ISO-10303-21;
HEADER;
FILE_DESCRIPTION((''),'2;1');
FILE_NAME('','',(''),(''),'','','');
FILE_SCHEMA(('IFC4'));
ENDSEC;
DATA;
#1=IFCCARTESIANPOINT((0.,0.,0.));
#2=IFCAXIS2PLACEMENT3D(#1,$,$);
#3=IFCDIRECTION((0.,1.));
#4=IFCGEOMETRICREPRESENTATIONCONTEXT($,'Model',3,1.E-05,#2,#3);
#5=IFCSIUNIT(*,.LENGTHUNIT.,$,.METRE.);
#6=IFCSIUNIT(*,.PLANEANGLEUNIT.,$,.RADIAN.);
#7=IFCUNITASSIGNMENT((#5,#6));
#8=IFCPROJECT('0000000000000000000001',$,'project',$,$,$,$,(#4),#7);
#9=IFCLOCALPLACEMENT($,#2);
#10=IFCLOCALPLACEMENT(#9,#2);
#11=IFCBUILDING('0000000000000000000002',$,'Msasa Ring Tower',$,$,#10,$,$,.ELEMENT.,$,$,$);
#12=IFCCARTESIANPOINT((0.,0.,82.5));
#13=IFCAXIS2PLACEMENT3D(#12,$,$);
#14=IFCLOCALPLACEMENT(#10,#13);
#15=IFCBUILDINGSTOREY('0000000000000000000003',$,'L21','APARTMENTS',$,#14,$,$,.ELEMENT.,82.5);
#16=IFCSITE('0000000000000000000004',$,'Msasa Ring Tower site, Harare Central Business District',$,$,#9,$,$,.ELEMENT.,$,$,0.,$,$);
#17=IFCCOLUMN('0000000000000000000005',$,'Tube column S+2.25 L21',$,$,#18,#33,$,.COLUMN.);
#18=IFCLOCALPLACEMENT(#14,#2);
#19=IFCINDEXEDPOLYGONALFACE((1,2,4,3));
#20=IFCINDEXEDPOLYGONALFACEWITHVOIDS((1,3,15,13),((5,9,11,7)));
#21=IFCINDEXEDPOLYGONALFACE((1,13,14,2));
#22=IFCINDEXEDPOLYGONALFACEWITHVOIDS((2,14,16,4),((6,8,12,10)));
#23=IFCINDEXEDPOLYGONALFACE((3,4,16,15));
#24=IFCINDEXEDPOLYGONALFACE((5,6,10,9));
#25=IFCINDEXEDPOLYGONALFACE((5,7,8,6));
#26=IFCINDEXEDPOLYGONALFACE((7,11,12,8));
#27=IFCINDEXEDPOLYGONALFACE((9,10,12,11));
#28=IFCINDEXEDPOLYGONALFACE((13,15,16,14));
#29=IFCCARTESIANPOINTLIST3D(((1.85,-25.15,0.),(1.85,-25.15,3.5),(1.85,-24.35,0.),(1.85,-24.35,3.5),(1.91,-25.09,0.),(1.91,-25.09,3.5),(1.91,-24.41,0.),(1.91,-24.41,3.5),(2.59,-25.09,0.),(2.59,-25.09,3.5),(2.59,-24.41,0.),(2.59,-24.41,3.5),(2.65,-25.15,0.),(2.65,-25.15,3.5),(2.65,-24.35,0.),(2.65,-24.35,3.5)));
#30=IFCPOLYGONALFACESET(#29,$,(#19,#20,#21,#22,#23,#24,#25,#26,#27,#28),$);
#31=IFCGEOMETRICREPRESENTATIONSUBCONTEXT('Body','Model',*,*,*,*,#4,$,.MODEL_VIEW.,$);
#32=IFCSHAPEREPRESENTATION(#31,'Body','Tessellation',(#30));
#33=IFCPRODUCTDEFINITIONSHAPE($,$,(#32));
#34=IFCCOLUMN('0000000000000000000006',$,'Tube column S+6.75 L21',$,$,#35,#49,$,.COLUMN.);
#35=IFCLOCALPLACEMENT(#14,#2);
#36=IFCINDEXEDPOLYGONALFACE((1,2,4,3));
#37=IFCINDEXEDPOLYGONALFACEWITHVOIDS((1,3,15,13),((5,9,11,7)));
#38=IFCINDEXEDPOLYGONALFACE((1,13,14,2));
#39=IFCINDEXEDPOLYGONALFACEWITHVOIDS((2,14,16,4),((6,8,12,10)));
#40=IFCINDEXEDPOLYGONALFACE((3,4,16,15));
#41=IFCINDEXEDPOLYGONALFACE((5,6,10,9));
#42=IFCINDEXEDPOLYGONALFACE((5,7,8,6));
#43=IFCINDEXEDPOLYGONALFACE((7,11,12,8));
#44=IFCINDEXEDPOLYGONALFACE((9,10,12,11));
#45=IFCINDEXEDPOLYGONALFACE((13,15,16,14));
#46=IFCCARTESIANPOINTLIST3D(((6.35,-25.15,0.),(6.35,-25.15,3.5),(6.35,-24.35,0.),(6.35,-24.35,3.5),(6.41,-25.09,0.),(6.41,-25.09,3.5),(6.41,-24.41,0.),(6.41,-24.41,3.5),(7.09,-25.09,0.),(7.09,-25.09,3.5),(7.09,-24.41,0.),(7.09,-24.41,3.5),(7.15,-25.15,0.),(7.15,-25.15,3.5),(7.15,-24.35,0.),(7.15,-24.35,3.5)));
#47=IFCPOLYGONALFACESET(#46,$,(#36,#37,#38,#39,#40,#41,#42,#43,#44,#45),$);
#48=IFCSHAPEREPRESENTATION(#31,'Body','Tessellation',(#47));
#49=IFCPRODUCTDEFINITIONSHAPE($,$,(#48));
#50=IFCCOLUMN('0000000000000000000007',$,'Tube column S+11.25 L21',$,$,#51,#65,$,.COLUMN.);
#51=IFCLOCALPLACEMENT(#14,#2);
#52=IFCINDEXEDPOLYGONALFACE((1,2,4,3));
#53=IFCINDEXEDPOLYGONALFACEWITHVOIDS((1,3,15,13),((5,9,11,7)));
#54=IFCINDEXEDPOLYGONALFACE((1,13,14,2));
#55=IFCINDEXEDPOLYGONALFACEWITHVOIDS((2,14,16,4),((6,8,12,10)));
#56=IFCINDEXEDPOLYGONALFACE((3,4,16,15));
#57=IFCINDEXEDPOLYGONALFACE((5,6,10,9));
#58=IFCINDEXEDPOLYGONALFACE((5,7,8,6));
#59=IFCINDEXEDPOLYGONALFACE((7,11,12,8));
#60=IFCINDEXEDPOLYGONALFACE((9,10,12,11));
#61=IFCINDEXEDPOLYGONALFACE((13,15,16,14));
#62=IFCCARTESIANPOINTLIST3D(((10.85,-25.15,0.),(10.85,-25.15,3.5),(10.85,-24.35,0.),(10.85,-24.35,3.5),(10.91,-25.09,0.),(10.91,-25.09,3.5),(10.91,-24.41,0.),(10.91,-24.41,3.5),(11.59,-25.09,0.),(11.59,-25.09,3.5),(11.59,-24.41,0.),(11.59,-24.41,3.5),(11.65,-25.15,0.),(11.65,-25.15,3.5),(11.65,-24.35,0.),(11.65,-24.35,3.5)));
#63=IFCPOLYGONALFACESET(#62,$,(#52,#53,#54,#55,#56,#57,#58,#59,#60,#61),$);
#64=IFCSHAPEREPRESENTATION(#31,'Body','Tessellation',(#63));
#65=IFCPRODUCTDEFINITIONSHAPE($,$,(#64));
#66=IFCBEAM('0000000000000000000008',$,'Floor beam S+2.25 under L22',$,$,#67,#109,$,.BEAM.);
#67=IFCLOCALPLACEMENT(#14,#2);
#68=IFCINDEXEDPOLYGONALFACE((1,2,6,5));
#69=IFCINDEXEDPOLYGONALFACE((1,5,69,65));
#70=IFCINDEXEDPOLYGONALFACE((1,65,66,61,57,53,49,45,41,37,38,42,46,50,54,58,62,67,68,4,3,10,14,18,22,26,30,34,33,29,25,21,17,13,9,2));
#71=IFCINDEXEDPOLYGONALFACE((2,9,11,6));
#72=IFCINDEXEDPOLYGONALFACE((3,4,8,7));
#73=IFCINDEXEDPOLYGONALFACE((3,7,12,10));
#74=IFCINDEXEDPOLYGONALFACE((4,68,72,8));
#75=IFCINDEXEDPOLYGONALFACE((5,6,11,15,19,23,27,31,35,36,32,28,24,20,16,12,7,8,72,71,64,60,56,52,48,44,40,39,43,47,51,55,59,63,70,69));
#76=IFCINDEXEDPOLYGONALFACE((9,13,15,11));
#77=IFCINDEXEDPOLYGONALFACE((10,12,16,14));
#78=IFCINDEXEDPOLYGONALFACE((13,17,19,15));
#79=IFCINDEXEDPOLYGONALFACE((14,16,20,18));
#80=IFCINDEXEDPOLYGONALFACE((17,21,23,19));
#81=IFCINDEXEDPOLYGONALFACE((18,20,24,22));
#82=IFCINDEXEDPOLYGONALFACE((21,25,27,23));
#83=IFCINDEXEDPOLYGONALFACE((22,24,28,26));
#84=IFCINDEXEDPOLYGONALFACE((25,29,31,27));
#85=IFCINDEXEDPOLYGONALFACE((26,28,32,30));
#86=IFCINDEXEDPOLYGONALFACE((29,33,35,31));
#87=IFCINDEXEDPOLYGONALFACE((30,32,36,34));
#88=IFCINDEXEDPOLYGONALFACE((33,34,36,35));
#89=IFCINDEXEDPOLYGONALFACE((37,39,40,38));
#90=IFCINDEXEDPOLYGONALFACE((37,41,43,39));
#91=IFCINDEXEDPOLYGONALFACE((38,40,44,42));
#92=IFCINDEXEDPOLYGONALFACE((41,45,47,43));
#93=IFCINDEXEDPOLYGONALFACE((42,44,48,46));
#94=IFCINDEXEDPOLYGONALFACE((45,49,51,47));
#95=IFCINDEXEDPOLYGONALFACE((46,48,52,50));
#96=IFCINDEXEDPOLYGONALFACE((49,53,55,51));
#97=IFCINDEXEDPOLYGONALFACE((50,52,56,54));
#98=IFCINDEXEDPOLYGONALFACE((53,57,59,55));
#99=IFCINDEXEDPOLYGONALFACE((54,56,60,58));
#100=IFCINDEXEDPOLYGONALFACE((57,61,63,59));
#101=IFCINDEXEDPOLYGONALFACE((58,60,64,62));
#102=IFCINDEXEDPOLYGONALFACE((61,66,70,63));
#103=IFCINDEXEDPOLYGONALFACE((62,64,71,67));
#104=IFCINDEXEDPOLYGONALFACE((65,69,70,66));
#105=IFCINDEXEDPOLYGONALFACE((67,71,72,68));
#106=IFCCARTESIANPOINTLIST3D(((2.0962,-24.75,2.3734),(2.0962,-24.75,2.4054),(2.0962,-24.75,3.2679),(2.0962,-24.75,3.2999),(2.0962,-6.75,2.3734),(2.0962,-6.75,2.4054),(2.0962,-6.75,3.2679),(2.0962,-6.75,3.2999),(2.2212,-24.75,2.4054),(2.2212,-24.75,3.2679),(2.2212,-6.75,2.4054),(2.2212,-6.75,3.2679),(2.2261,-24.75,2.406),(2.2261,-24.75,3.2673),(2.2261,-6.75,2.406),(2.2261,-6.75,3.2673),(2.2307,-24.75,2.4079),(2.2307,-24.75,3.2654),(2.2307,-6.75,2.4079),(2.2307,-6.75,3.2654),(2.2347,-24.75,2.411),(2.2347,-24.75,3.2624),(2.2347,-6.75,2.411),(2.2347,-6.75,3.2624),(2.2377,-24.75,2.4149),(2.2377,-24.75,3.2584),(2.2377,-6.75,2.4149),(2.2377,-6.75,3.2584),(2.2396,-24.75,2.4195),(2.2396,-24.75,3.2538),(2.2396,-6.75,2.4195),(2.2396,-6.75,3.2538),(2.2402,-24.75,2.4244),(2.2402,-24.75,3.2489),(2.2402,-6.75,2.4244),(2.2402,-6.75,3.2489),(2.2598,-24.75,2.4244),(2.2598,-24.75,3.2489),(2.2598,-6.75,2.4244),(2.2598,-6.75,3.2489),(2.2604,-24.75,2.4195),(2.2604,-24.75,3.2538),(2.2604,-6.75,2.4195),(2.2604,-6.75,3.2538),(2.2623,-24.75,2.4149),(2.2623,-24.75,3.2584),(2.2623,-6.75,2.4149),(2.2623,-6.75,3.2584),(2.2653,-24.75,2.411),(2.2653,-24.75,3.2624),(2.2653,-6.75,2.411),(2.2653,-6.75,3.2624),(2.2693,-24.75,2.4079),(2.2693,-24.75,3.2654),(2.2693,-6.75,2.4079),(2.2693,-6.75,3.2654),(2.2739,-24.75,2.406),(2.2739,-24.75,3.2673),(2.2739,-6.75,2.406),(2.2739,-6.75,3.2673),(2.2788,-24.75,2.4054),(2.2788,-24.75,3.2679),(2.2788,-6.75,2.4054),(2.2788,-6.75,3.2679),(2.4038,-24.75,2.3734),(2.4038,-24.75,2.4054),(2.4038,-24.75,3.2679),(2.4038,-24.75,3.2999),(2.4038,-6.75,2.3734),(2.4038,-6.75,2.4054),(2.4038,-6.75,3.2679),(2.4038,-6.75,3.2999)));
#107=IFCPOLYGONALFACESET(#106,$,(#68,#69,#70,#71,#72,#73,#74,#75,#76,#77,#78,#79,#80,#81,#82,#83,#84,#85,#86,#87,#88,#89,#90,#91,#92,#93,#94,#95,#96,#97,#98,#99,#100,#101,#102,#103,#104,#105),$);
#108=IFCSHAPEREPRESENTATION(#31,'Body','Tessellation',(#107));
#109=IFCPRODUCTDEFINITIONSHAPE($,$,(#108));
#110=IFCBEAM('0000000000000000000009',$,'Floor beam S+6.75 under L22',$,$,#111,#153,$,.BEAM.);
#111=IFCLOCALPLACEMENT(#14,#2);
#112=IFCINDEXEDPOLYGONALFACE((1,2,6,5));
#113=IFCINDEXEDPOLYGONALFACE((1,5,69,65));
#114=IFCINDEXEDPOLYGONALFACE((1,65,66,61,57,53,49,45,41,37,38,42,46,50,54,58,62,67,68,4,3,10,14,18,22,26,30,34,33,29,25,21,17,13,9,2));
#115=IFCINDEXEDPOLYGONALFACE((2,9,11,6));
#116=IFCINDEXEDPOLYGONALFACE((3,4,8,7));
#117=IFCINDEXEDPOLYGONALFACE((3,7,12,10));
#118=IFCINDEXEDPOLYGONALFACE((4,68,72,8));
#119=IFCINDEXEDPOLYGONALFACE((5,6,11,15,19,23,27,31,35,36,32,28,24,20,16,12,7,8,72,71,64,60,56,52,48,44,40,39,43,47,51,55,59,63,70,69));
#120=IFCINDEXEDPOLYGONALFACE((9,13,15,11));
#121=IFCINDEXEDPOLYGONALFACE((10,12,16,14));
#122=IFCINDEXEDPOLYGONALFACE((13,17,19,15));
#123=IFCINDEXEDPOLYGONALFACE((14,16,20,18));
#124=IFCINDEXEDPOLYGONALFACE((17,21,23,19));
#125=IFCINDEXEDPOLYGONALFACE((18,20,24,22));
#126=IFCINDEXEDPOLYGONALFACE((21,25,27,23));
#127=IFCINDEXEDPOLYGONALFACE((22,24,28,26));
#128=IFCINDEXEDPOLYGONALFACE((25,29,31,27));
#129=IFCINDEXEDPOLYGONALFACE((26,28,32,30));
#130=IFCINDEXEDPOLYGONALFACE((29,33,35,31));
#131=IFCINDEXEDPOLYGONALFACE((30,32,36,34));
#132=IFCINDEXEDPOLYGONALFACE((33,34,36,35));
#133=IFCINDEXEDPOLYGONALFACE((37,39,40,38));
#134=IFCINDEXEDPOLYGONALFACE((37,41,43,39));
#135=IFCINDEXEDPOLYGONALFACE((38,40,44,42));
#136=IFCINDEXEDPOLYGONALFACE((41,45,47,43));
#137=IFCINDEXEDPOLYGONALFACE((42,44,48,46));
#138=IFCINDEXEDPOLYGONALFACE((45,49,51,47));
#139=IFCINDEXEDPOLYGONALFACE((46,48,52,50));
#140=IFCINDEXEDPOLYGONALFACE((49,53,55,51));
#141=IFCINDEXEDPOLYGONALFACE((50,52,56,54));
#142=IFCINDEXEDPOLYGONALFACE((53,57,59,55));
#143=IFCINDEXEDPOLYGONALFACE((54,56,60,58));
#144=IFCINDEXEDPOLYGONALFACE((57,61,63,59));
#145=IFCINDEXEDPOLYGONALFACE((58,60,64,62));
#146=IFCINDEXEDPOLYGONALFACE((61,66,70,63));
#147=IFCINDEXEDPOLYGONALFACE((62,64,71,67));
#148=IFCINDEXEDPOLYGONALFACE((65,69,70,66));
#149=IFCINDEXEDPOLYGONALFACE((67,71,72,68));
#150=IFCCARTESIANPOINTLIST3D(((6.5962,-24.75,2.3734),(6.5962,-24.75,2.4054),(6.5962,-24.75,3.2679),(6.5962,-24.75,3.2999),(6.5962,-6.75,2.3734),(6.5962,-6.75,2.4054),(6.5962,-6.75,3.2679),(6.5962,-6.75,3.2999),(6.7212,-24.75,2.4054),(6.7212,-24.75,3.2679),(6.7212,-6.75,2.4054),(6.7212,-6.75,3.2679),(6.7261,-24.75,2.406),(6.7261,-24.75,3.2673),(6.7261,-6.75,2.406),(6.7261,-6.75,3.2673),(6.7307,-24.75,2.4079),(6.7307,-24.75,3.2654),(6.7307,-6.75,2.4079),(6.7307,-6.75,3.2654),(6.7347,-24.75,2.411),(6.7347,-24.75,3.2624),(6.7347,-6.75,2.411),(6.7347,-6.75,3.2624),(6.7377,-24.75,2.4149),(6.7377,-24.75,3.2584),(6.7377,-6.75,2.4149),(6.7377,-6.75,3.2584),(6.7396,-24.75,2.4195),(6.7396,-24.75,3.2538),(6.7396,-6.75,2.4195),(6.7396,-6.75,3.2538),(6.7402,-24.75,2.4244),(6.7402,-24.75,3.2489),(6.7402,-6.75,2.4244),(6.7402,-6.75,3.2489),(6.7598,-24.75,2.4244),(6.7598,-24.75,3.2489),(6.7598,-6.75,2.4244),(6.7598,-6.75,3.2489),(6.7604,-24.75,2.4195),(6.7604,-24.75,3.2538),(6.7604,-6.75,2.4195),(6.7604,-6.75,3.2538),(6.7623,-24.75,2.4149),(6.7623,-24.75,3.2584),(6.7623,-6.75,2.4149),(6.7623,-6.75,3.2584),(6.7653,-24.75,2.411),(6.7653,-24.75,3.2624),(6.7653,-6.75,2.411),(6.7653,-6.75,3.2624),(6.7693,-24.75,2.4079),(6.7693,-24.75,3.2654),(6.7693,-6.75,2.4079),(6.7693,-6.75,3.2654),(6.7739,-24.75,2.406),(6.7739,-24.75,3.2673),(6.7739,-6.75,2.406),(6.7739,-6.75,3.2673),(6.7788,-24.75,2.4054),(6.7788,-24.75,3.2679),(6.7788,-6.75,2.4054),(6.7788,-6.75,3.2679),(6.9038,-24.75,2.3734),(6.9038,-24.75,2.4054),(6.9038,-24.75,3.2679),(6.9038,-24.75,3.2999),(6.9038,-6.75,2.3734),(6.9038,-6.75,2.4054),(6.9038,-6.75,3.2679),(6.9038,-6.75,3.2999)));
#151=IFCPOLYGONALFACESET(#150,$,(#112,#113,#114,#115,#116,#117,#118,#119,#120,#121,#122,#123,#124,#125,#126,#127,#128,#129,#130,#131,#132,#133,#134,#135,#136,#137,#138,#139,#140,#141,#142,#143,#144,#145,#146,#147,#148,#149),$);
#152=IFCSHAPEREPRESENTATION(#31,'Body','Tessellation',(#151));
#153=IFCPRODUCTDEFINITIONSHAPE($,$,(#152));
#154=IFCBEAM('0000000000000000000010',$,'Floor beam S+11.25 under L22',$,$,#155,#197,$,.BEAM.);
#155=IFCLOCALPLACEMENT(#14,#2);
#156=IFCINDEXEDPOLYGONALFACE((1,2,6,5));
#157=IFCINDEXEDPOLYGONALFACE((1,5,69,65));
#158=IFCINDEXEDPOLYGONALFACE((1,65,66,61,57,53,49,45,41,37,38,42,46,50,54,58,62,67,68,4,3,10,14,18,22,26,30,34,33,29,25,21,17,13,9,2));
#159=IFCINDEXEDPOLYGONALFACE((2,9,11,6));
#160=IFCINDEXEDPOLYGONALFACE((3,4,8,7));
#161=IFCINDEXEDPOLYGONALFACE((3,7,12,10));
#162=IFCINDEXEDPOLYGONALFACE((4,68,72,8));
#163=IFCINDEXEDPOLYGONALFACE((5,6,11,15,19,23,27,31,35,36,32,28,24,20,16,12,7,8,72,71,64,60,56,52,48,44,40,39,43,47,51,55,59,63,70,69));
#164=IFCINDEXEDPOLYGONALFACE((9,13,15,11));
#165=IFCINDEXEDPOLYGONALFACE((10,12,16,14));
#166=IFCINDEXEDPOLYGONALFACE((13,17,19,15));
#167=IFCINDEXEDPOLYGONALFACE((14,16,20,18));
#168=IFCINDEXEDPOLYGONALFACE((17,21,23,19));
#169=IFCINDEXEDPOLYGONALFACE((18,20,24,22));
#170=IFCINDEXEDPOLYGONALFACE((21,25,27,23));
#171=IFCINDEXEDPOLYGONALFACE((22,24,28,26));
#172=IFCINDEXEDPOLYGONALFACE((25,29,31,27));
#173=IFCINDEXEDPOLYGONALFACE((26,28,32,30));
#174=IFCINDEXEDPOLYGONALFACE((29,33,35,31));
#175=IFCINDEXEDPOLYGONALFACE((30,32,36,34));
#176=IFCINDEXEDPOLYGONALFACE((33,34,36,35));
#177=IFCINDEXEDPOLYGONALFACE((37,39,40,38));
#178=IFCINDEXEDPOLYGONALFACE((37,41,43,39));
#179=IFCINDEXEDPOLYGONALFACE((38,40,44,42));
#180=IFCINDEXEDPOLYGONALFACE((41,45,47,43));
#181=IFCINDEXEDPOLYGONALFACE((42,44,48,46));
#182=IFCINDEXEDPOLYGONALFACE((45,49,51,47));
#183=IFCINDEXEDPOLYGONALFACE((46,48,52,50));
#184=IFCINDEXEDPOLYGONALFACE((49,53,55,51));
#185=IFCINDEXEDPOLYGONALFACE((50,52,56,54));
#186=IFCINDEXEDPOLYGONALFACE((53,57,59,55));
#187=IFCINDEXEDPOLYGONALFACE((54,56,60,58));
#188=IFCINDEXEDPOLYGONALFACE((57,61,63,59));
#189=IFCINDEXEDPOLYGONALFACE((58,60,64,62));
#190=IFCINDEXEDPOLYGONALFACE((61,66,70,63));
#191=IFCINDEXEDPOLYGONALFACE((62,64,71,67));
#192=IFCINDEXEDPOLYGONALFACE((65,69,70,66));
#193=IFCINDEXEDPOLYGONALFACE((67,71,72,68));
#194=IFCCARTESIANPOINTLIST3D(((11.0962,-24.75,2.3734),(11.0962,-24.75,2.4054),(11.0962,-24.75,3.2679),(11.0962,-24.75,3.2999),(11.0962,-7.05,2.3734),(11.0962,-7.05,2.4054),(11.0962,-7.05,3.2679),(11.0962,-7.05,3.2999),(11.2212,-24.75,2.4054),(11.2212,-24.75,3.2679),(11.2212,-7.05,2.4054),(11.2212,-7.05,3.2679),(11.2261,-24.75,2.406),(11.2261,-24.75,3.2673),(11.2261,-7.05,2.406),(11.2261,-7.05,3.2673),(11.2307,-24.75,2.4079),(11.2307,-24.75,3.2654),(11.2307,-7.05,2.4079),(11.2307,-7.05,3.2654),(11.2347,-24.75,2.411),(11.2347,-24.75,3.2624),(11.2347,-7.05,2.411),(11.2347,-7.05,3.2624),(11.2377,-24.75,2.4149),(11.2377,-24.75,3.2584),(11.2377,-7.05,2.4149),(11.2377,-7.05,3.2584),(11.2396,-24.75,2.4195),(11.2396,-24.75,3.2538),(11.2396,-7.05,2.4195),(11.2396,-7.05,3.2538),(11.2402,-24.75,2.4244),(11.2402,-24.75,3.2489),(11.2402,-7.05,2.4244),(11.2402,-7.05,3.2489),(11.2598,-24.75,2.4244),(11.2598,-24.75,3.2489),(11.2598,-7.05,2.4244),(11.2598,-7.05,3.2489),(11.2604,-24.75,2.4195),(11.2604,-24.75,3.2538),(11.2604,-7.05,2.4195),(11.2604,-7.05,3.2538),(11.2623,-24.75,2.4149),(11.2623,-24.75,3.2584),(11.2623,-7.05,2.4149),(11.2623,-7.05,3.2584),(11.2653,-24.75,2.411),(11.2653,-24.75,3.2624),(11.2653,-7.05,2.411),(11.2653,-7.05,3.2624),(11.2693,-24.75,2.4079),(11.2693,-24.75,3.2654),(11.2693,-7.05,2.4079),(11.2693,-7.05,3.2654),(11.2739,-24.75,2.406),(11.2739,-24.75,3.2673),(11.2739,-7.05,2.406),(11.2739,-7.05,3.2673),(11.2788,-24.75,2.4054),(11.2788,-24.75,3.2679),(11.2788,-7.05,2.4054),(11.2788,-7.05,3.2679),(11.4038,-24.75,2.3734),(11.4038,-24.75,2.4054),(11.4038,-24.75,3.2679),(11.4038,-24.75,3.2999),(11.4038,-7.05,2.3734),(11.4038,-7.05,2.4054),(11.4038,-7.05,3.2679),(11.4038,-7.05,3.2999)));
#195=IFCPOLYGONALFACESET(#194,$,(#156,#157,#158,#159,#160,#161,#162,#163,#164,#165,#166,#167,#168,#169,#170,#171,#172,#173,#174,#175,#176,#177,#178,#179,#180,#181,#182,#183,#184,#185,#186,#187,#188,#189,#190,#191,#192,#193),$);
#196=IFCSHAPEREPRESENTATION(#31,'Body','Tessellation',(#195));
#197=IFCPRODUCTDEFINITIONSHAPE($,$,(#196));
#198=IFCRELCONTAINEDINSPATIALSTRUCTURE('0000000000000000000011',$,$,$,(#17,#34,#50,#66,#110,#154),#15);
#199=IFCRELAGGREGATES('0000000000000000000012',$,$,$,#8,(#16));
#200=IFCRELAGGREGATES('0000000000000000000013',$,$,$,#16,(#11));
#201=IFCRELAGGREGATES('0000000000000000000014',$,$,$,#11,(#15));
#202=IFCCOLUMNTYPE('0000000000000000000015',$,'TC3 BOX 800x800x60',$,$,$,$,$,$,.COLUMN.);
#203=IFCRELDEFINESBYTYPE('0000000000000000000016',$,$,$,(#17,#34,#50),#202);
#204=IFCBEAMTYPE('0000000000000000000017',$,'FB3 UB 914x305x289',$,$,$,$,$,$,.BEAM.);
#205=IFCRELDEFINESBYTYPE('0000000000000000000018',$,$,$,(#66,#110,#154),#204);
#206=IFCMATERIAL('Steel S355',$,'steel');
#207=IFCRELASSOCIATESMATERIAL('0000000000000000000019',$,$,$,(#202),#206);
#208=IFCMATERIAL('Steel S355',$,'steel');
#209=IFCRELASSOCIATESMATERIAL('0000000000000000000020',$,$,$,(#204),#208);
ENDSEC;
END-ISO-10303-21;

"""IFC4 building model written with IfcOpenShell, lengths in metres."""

from ifc_helpers import new_model, si_unit, direction, frame, origin, origin_2d, place, context, subcontext, project, spatial, hollow_rectangle, i_section, extrude, material, material_profile, profile_set, type_object, element, save


model = new_model("IFC4")

# Units and contexts
model_context = context("Model", 3, precision=1e-05, world=origin(), true_north=direction((0.0, 1.0)))
body_context = subcontext(model_context, "Body", "Model", "MODEL_VIEW")
ifc_project = project(units=[si_unit("LENGTHUNIT", "METRE"), si_unit("PLANEANGLEUNIT", "RADIAN")], contexts=[model_context])

# Site, building, storey
site_placement = place(None, origin())
site = spatial("IfcSite", under=ifc_project, at=site_placement, Name="Msasa Ring Tower site, Harare Central Business District", CompositionType="ELEMENT", RefElevation=0.0)
building_placement = place(site_placement, origin())
building = spatial("IfcBuilding", under=site, at=building_placement, Name="Msasa Ring Tower", CompositionType="ELEMENT")
storey_placement = place(building_placement, frame((0.0, 0.0, 82.5)))
storey = spatial("IfcBuildingStorey", under=building, at=storey_placement, Name="L21", Description="APARTMENTS", CompositionType="ELEMENT", Elevation=82.5)

# Columns
ifc_material_1 = material(Name="Steel S355", Category="steel")
ifc_material_profile_1 = material_profile(ifc_material_1, hollow_rectangle(XDim=0.8, YDim=0.8, WallThickness=0.0601, at=origin_2d()), Name="BOX 800x800x60")
ifc_profile_set_1 = profile_set([ifc_material_profile_1], Name="Steel S355")
column_type = type_object("IfcColumnType", Name="TC3 BOX 800x800x60", PredefinedType="COLUMN", material=ifc_profile_set_1)
for number, where, z_axis, x_axis, name in (
    (1, (2.25, -24.75, 0.0), (0.0, 0.0, 1.0), (0.0, 1.0, 0.0), "Tube column S+2.25 L21"),
    (2, (6.75, -24.75, 0.0), (0.0, 0.0, 1.0), (0.0, 1.0, 0.0), "Tube column S+6.75 L21"),
    (3, (11.25, -24.75, 0.0), (0.0, 0.0, 1.0), (0.0, 1.0, 0.0), "Tube column S+11.25 L21"),
):
    element("IfcColumn", number, at=place(storey_placement, frame(where, z_axis=z_axis, x_axis=x_axis)), inside=storey, type_object=column_type, Name=name, PredefinedType="COLUMN", context=body_context, shape_type="SweptSolid", body=[
        extrude(hollow_rectangle(XDim=0.8, YDim=0.8, WallThickness=0.0601, at=origin_2d()), origin(), (0.0, 0.0, 1.0), 3.5),
    ])

# Beams
ifc_material_2 = material(Name="Steel S355", Category="steel")
ifc_material_profile_2 = material_profile(ifc_material_2, i_section(OverallWidth=0.3076, OverallDepth=0.9265, WebThickness=0.0195, FlangeThickness=0.032, FilletRadius=0.019, at=origin_2d()), Name="UB 914x305x289")
ifc_profile_set_2 = profile_set([ifc_material_profile_2], Name="Steel S355")
beam_type_1 = type_object("IfcBeamType", Name="FB3 UB 914x305x289", PredefinedType="BEAM", material=ifc_profile_set_2)
for number, where, z_axis, x_axis, name in (
    (4, (2.25, -24.75, 2.8367), (0.0, 1.0, 0.0), (-1.0, 0.0, 0.0), "Floor beam S+2.25 under L22"),
    (5, (6.75, -24.75, 2.8367), (0.0, 1.0, 0.0), (-1.0, 0.0, 0.0), "Floor beam S+6.75 under L22"),
):
    element("IfcBeam", number, at=place(storey_placement, frame(where, z_axis=z_axis, x_axis=x_axis)), inside=storey, type_object=beam_type_1, Name=name, PredefinedType="BEAM", context=body_context, shape_type="SweptSolid", body=[
        extrude(i_section(OverallWidth=0.3076, OverallDepth=0.9265, WebThickness=0.0195, FlangeThickness=0.032, FilletRadius=0.019, at=origin_2d()), origin(), (0.0, 0.0, 1.0), 18.0),
    ])
beam_placement = place(storey_placement, frame((11.25, -24.75, 2.8367), z_axis=(0.0, 1.0, 0.0), x_axis=(-1.0, 0.0, 0.0)))
element("IfcBeam", 6, at=beam_placement, inside=storey, type_object=beam_type_1, Name="Floor beam S+11.25 under L22", PredefinedType="BEAM", context=body_context, shape_type="SweptSolid", body=[
    extrude(i_section(OverallWidth=0.3076, OverallDepth=0.9265, WebThickness=0.0195, FlangeThickness=0.032, FilletRadius=0.019, at=origin_2d()), origin(), (0.0, 0.0, 1.0), 17.7),
])

save(model, "model.ifc")
